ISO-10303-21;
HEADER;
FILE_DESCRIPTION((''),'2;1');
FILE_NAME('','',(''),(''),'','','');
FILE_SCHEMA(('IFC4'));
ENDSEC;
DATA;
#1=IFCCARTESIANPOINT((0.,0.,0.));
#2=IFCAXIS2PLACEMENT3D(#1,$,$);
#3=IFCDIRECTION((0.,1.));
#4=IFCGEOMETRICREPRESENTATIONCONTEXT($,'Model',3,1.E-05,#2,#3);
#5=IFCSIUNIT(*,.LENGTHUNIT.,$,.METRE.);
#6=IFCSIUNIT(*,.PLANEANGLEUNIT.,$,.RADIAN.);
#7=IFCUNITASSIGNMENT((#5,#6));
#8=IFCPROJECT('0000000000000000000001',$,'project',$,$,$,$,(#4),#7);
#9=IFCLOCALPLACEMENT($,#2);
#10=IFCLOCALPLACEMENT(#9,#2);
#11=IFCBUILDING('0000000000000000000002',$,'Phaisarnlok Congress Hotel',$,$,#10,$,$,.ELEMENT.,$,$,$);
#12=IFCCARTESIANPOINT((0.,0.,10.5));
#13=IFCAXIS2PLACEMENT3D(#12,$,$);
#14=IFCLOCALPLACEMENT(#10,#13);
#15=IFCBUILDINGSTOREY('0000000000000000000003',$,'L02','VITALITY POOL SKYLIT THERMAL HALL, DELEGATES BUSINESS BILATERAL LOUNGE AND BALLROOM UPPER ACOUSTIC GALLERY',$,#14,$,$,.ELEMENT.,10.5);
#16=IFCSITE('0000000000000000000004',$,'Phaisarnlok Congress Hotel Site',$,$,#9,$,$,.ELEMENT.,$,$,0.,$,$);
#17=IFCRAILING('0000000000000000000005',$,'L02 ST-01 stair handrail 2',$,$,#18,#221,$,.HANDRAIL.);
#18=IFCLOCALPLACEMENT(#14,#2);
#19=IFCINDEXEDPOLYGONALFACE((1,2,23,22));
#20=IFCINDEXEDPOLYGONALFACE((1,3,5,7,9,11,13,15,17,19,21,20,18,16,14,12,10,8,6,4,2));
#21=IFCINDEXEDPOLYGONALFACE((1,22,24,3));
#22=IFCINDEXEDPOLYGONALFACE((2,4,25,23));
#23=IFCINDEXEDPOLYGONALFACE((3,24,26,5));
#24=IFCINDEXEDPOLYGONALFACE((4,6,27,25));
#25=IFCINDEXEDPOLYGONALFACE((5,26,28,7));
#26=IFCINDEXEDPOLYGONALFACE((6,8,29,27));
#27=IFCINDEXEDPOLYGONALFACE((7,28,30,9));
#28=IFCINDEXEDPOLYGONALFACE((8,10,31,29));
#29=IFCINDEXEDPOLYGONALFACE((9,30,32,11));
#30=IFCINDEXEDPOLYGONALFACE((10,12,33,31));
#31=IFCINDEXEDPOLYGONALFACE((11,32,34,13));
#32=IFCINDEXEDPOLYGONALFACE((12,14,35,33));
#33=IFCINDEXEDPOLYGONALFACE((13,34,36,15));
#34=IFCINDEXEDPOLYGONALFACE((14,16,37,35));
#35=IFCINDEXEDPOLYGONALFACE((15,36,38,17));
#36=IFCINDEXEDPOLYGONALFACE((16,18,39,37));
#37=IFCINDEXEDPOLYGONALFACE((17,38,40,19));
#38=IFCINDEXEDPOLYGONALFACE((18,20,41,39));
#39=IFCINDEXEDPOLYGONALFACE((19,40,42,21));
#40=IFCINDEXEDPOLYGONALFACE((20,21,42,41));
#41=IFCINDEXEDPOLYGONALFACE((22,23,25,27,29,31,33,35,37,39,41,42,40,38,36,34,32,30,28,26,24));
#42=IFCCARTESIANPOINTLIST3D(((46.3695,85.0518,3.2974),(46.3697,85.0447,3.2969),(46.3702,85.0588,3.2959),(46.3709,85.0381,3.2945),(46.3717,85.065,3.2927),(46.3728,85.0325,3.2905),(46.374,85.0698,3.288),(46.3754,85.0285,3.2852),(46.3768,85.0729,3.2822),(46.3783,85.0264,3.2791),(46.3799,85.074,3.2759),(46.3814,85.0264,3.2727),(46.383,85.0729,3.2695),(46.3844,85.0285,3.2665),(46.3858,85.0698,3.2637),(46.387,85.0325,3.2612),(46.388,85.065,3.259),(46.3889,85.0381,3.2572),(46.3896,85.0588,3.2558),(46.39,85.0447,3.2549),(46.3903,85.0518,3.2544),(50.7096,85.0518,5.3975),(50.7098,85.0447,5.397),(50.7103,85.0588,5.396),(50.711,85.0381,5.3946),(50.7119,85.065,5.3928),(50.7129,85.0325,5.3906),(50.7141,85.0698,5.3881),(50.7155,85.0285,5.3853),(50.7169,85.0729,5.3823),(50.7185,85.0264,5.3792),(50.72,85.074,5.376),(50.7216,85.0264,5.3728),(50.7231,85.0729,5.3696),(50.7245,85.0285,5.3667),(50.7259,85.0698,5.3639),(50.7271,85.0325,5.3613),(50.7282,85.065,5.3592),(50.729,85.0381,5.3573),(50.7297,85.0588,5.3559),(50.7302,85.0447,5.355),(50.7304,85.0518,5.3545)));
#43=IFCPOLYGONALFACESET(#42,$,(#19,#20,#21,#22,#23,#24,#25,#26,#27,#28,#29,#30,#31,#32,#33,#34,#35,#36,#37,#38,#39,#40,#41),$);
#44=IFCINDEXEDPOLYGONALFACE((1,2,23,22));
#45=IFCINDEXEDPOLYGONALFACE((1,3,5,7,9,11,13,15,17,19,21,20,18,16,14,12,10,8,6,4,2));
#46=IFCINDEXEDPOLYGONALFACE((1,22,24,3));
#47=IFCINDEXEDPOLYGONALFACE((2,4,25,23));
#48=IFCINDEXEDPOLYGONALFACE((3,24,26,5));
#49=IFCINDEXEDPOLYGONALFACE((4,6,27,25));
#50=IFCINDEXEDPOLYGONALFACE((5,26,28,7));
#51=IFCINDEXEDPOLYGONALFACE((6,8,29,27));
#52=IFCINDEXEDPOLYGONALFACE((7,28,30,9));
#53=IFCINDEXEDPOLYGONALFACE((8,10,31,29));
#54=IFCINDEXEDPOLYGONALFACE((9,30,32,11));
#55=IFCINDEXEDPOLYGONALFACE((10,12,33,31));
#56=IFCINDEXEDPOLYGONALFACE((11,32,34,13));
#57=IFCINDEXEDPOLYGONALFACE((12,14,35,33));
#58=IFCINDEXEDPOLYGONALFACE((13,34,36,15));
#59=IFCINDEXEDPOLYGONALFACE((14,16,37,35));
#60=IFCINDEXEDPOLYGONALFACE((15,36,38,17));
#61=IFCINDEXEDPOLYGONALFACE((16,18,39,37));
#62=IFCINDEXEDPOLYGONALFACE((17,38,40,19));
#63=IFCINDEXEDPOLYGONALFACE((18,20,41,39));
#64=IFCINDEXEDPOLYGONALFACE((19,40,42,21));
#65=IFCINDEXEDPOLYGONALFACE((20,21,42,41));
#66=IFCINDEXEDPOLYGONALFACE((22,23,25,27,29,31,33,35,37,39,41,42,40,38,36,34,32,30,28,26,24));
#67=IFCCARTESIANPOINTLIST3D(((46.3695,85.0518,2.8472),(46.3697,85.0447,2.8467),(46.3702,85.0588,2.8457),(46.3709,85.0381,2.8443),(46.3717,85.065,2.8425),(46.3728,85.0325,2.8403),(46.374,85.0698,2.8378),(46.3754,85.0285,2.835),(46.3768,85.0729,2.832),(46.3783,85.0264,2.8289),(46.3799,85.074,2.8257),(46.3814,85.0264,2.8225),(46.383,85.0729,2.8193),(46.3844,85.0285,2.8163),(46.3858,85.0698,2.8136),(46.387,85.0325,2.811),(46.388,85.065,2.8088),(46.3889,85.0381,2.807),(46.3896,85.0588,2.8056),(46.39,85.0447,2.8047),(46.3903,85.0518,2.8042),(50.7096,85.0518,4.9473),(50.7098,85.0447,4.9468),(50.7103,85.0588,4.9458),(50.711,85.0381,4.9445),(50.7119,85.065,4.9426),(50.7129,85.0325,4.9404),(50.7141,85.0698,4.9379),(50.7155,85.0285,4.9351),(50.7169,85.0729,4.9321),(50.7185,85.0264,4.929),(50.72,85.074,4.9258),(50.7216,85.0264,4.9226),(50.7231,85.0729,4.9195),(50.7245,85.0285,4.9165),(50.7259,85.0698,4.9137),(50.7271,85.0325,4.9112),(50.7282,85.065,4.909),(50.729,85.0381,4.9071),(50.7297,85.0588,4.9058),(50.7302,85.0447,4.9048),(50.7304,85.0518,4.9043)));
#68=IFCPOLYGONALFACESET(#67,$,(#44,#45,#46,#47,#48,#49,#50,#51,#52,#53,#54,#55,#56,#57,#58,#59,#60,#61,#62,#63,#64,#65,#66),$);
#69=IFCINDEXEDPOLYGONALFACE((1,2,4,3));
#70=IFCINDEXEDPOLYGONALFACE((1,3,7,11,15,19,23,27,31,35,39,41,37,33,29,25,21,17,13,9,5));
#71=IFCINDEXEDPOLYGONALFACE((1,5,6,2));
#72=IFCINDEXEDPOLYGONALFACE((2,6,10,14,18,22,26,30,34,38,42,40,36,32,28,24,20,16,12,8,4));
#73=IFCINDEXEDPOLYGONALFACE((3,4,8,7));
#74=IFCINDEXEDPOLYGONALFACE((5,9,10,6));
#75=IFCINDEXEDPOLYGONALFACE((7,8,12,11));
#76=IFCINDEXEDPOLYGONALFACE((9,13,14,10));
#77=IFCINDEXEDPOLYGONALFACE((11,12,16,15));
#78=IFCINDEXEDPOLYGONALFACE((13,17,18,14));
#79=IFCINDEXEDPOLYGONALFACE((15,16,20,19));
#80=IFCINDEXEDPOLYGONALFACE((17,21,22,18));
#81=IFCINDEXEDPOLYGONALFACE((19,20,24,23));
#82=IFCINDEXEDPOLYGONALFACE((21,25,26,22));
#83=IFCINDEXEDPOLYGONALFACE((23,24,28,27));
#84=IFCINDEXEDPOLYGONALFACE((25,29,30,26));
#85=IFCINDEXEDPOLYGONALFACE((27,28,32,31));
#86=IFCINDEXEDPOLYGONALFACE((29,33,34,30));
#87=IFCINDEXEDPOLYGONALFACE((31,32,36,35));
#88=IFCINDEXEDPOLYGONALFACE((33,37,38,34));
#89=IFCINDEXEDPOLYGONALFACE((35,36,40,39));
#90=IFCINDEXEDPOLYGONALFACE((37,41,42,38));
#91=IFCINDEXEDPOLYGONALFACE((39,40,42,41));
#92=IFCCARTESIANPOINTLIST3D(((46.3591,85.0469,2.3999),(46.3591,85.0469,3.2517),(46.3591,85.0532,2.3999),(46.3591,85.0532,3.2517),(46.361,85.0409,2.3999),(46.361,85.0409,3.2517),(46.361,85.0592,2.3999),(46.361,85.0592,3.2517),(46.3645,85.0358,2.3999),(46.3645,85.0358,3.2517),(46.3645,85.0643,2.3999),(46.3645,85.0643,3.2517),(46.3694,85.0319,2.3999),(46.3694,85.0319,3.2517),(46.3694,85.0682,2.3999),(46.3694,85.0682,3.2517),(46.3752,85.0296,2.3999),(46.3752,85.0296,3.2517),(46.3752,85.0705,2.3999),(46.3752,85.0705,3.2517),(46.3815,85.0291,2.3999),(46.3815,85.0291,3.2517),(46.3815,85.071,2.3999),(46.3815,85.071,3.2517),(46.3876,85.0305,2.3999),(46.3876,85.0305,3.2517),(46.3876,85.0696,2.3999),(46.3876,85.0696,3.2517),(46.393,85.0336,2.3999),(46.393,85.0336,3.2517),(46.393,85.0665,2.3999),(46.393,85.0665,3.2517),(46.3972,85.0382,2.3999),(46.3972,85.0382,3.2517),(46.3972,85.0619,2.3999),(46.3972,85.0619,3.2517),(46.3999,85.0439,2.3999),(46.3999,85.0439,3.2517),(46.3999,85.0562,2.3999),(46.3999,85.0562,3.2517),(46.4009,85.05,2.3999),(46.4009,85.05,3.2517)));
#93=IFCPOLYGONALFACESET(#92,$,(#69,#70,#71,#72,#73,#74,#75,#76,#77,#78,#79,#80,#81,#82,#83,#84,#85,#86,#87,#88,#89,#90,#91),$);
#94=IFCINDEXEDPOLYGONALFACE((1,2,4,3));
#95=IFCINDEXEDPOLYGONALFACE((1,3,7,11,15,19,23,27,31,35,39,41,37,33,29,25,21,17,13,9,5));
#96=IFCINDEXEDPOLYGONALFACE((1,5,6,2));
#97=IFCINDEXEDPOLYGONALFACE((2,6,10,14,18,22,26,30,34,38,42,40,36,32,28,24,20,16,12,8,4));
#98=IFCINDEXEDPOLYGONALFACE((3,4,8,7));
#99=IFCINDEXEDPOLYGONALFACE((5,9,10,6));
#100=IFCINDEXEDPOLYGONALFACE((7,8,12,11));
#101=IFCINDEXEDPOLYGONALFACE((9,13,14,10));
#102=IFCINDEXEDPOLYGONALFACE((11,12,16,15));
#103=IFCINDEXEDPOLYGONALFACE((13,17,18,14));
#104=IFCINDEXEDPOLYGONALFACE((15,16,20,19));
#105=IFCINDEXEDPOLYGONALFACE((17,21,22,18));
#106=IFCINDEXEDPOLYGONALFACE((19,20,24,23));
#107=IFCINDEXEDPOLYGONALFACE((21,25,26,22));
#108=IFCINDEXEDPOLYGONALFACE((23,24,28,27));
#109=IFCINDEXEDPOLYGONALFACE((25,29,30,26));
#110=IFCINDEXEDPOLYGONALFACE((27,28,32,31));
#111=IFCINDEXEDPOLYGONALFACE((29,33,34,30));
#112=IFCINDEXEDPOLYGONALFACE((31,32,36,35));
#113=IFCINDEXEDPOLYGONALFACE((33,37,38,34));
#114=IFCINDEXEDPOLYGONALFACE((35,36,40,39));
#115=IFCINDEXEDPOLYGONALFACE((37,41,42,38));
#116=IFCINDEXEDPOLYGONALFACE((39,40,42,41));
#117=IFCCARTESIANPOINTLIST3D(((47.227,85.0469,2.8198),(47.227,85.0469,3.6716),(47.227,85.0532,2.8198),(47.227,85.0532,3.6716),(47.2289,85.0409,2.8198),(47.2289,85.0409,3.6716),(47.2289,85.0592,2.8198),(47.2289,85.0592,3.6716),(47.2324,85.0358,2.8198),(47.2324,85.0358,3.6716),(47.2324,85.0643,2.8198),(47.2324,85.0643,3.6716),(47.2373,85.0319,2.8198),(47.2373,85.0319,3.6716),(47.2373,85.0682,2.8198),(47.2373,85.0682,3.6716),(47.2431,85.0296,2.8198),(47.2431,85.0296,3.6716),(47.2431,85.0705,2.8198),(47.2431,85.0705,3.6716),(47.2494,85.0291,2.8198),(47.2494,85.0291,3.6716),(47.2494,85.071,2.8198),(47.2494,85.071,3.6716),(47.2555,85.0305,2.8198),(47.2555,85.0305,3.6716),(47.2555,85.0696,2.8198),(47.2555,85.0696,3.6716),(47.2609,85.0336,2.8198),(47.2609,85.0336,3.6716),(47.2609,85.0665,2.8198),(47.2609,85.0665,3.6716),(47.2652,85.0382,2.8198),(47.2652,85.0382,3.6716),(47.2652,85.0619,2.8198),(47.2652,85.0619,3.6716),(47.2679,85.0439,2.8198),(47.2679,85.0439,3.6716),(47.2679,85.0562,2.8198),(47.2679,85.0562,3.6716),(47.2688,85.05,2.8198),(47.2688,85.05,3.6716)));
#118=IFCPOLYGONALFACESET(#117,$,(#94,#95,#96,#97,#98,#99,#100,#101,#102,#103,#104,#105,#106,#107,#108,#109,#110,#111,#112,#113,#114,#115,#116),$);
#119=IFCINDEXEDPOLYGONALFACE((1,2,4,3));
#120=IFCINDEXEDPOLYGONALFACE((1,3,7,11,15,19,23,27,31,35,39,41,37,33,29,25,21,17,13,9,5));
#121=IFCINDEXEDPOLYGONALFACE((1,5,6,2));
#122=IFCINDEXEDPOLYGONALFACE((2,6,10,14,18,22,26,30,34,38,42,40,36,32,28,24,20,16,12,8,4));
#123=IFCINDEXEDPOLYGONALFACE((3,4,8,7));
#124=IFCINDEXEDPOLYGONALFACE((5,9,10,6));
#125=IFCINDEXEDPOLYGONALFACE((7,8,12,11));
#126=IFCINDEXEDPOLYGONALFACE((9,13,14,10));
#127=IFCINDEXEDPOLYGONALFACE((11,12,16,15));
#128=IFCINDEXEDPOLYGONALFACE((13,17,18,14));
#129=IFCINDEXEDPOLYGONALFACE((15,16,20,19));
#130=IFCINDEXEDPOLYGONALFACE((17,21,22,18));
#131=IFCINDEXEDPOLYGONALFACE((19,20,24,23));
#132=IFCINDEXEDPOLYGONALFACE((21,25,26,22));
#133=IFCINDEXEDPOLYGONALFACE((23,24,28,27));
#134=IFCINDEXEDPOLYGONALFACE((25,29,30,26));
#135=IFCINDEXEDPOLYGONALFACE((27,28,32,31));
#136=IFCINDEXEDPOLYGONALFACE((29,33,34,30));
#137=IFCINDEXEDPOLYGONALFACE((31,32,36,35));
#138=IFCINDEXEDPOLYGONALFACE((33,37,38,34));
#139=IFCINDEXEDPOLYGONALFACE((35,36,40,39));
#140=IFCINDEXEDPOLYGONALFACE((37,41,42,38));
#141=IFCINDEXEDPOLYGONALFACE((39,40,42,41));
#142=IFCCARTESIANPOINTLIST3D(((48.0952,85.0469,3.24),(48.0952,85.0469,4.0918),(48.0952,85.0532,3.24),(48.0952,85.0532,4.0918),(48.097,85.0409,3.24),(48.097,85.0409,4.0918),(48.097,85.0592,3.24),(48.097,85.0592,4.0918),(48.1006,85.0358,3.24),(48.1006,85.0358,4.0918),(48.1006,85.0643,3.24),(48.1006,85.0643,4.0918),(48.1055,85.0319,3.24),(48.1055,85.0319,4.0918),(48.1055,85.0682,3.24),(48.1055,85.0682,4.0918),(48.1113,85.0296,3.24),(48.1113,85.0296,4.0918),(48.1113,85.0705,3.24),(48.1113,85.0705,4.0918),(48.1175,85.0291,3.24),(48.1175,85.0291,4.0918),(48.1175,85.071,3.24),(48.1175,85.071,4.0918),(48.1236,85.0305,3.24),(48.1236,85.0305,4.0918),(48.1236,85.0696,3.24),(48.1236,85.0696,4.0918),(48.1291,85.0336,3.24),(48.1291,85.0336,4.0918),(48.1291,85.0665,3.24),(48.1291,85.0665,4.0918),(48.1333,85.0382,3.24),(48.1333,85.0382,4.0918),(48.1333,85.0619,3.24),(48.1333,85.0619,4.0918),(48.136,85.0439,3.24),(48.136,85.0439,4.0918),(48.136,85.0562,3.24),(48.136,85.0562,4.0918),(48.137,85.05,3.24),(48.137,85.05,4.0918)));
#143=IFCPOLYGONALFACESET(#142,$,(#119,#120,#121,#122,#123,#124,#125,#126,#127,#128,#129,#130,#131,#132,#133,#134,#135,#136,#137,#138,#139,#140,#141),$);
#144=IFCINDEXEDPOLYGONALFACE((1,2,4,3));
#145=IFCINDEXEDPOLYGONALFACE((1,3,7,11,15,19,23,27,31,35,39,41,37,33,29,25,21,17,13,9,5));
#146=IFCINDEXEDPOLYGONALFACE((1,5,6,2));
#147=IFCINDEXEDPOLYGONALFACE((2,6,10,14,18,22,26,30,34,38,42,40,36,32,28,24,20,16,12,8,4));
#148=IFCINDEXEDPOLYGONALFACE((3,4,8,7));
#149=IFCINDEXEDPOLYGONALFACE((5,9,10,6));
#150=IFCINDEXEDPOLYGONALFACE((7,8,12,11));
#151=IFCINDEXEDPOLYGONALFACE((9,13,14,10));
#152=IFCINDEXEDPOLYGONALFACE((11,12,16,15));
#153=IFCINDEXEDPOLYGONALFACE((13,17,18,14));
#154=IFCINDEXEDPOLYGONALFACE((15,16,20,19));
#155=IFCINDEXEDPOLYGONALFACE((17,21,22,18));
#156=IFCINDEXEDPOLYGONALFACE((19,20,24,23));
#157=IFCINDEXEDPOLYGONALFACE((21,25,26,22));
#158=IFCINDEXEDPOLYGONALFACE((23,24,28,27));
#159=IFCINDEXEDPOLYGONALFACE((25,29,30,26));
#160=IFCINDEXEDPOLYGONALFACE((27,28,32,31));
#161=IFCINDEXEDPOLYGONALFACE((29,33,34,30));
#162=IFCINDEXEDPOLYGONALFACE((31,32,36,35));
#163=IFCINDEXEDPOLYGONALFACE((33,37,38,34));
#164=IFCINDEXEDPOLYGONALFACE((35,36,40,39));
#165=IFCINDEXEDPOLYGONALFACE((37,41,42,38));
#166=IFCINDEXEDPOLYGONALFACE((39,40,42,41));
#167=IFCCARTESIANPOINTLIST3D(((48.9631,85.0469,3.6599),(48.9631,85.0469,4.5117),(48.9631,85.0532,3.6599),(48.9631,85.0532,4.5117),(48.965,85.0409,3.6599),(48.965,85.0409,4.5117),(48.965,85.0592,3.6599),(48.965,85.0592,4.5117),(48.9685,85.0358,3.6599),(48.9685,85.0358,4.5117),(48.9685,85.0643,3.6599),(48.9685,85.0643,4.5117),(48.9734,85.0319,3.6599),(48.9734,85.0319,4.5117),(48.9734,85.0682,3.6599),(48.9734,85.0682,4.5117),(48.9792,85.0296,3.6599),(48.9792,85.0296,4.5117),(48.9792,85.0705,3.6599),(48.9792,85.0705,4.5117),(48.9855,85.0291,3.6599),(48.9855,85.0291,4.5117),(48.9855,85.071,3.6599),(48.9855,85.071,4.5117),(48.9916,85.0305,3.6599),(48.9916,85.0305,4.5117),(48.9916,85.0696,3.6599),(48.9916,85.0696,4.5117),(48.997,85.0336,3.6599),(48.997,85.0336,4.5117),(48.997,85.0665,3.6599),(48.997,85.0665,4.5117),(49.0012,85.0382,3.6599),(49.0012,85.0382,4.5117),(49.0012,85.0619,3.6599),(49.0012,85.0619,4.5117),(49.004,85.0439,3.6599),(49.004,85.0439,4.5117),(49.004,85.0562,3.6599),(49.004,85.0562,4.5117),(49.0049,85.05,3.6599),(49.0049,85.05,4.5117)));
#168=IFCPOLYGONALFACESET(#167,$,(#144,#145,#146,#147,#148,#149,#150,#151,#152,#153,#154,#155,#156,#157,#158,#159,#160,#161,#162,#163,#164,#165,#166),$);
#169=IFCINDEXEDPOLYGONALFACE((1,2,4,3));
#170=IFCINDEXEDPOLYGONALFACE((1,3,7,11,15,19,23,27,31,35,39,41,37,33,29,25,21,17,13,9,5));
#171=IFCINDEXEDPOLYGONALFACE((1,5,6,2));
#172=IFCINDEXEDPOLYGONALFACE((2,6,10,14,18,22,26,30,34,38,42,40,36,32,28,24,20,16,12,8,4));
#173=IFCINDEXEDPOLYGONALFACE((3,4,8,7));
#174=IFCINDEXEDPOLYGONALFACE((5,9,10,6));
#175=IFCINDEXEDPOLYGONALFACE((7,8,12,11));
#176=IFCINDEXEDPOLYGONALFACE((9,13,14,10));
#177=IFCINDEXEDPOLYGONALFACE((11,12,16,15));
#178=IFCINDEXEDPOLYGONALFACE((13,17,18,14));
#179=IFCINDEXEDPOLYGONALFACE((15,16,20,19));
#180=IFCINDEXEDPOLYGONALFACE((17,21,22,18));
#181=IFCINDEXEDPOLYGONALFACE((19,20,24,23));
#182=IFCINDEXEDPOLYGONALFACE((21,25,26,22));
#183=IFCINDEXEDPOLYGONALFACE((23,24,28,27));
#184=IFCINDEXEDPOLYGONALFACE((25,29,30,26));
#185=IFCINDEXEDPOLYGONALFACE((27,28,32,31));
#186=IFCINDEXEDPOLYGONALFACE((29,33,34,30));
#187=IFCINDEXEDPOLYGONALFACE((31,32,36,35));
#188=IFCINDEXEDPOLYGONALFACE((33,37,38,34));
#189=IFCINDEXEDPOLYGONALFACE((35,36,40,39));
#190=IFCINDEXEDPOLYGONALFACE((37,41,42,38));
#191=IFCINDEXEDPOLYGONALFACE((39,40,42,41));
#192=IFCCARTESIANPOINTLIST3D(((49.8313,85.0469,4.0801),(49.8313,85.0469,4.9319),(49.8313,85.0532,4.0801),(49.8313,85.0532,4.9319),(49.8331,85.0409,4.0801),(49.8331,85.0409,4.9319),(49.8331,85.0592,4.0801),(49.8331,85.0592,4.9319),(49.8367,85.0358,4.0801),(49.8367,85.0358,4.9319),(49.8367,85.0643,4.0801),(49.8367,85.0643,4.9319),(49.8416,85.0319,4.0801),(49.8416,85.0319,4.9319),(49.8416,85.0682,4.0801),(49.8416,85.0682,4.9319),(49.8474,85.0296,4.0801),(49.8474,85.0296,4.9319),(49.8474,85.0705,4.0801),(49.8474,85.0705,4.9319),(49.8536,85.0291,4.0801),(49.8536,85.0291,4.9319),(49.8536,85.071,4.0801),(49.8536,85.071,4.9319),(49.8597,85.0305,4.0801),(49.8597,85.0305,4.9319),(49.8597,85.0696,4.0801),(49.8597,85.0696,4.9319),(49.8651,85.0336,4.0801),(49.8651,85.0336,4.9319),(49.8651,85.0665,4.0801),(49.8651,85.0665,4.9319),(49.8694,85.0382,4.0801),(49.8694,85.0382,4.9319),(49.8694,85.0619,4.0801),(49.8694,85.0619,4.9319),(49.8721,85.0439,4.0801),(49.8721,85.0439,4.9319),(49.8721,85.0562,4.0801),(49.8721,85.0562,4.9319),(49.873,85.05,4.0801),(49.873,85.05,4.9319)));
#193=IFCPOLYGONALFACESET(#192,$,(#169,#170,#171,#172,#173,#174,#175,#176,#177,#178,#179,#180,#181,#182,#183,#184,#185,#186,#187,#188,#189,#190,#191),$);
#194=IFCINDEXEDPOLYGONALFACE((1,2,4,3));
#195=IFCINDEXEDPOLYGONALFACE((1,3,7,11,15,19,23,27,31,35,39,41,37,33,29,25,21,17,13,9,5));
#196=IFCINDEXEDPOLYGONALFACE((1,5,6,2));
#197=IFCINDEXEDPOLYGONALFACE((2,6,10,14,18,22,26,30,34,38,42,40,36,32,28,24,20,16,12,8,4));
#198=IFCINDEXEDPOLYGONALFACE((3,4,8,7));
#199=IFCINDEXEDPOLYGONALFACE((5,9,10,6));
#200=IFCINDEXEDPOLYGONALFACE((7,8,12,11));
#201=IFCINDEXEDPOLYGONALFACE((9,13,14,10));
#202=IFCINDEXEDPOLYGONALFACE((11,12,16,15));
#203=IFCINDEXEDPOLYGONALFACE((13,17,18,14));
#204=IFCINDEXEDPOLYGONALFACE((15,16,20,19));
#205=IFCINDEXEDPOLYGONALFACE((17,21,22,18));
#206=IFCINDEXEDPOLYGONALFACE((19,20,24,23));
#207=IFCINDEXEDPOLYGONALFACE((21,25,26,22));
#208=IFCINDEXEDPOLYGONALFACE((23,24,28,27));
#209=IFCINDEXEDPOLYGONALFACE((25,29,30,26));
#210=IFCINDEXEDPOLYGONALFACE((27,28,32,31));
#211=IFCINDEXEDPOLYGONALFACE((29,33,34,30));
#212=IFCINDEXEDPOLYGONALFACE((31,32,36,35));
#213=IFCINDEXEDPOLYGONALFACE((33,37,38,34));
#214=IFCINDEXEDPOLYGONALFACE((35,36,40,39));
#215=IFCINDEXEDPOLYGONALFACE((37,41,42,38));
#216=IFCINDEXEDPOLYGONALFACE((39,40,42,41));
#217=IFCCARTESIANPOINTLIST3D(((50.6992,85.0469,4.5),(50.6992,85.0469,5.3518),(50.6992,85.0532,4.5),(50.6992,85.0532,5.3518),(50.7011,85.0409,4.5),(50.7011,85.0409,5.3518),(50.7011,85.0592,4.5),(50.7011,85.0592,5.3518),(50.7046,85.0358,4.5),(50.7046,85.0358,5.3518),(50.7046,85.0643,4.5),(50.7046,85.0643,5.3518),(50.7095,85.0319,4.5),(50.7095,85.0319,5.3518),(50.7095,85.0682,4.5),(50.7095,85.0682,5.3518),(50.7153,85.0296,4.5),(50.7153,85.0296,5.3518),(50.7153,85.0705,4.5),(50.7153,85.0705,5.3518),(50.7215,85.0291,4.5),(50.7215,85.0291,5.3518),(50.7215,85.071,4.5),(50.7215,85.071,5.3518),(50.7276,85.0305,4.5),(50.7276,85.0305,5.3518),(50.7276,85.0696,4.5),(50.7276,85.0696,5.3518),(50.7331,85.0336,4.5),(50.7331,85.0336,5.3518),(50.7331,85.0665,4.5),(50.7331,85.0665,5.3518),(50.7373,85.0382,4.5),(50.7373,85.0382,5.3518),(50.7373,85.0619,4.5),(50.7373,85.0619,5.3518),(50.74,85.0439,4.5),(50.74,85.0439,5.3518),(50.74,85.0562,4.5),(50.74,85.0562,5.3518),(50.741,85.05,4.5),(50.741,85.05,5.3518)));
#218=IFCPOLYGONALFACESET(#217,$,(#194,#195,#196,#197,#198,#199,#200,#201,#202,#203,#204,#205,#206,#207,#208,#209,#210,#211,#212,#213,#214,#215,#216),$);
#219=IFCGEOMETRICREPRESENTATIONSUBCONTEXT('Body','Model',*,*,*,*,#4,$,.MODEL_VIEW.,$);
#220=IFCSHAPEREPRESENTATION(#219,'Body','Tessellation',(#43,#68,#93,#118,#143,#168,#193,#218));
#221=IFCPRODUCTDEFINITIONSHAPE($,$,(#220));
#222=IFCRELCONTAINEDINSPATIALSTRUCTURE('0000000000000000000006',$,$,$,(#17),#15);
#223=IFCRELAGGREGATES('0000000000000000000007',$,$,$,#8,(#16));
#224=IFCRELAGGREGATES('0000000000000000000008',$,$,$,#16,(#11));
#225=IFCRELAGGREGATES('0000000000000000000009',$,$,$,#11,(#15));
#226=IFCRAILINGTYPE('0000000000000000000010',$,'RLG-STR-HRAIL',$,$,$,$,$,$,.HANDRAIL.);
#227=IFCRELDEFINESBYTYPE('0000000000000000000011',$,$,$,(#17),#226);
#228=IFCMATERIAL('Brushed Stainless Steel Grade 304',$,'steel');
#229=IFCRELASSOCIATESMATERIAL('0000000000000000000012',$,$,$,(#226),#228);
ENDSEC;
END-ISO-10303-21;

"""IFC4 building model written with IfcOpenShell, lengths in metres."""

from ifc_helpers import new_model, si_unit, direction, frame, origin, origin_2d, place, context, subcontext, project, spatial, circle, extrude, material, type_object, element, save


model = new_model("IFC4")

# Units and contexts
model_context = context("Model", 3, precision=1e-05, world=origin(), true_north=direction((0.0, 1.0)))
body_context = subcontext(model_context, "Body", "Model", "MODEL_VIEW")
ifc_project = project(units=[si_unit("LENGTHUNIT", "METRE"), si_unit("PLANEANGLEUNIT", "RADIAN")], contexts=[model_context])

# Site, building, storey
site_placement = place(None, origin())
site = spatial("IfcSite", under=ifc_project, at=site_placement, Name="Phaisarnlok Congress Hotel Site", CompositionType="ELEMENT", RefElevation=0.0)
building_placement = place(site_placement, origin())
building = spatial("IfcBuilding", under=site, at=building_placement, Name="Phaisarnlok Congress Hotel", CompositionType="ELEMENT")
storey_placement = place(building_placement, frame((0.0, 0.0, 10.5)))
storey = spatial("IfcBuildingStorey", under=building, at=storey_placement, Name="L02", Description="VITALITY POOL SKYLIT THERMAL HALL, DELEGATES BUSINESS BILATERAL LOUNGE AND BALLROOM UPPER ACOUSTIC GALLERY", CompositionType="ELEMENT", Elevation=10.5)

# Railing
ifc_material_1 = material(Name="Brushed Stainless Steel Grade 304", Category="steel")
railing_type_1 = type_object("IfcRailingType", Name="RLG-STR-HRAIL", PredefinedType="HANDRAIL", material=ifc_material_1)
railing_1_placement = place(storey_placement, frame((46.3799, 85.05, 2.3999)))
element("IfcRailing", 1, at=railing_1_placement, inside=storey, type_object=railing_type_1, Name="L02 ST-01 stair handrail 2", PredefinedType="HANDRAIL", context=body_context, shape_type="SweptSolid", body=[
    extrude(circle(Radius=0.0239, at=origin_2d()), frame((0.0, 0.0, 0.876), z_axis=(0.900155, 0.0, 0.43557), x_axis=(0.0, 1.0, 0.0)), (0.0, 0.0, 1.0), 4.8215),
    extrude(circle(Radius=0.0239, at=origin_2d()), frame((0.0, 0.0, 0.4258), z_axis=(0.900155, 0.0, 0.43557), x_axis=(0.0, 1.0, 0.0)), (0.0, 0.0, 1.0), 4.8215),
    extrude(circle(Radius=0.021, at=origin_2d()), origin(), (0.0, 0.0, 1.0), 0.8518),
    extrude(circle(Radius=0.021, at=origin_2d()), frame((0.8679, 0.0, 0.4199)), (0.0, 0.0, 1.0), 0.8518),
    extrude(circle(Radius=0.021, at=origin_2d()), frame((1.7361, 0.0, 0.8401)), (0.0, 0.0, 1.0), 0.8518),
    extrude(circle(Radius=0.021, at=origin_2d()), frame((2.604, 0.0, 1.26)), (0.0, 0.0, 1.0), 0.8518),
    extrude(circle(Radius=0.021, at=origin_2d()), frame((3.4722, 0.0, 1.6802)), (0.0, 0.0, 1.0), 0.8518),
    extrude(circle(Radius=0.021, at=origin_2d()), frame((4.3401, 0.0, 2.1001)), (0.0, 0.0, 1.0), 0.8518),
])

save(model, "model.ifc")
